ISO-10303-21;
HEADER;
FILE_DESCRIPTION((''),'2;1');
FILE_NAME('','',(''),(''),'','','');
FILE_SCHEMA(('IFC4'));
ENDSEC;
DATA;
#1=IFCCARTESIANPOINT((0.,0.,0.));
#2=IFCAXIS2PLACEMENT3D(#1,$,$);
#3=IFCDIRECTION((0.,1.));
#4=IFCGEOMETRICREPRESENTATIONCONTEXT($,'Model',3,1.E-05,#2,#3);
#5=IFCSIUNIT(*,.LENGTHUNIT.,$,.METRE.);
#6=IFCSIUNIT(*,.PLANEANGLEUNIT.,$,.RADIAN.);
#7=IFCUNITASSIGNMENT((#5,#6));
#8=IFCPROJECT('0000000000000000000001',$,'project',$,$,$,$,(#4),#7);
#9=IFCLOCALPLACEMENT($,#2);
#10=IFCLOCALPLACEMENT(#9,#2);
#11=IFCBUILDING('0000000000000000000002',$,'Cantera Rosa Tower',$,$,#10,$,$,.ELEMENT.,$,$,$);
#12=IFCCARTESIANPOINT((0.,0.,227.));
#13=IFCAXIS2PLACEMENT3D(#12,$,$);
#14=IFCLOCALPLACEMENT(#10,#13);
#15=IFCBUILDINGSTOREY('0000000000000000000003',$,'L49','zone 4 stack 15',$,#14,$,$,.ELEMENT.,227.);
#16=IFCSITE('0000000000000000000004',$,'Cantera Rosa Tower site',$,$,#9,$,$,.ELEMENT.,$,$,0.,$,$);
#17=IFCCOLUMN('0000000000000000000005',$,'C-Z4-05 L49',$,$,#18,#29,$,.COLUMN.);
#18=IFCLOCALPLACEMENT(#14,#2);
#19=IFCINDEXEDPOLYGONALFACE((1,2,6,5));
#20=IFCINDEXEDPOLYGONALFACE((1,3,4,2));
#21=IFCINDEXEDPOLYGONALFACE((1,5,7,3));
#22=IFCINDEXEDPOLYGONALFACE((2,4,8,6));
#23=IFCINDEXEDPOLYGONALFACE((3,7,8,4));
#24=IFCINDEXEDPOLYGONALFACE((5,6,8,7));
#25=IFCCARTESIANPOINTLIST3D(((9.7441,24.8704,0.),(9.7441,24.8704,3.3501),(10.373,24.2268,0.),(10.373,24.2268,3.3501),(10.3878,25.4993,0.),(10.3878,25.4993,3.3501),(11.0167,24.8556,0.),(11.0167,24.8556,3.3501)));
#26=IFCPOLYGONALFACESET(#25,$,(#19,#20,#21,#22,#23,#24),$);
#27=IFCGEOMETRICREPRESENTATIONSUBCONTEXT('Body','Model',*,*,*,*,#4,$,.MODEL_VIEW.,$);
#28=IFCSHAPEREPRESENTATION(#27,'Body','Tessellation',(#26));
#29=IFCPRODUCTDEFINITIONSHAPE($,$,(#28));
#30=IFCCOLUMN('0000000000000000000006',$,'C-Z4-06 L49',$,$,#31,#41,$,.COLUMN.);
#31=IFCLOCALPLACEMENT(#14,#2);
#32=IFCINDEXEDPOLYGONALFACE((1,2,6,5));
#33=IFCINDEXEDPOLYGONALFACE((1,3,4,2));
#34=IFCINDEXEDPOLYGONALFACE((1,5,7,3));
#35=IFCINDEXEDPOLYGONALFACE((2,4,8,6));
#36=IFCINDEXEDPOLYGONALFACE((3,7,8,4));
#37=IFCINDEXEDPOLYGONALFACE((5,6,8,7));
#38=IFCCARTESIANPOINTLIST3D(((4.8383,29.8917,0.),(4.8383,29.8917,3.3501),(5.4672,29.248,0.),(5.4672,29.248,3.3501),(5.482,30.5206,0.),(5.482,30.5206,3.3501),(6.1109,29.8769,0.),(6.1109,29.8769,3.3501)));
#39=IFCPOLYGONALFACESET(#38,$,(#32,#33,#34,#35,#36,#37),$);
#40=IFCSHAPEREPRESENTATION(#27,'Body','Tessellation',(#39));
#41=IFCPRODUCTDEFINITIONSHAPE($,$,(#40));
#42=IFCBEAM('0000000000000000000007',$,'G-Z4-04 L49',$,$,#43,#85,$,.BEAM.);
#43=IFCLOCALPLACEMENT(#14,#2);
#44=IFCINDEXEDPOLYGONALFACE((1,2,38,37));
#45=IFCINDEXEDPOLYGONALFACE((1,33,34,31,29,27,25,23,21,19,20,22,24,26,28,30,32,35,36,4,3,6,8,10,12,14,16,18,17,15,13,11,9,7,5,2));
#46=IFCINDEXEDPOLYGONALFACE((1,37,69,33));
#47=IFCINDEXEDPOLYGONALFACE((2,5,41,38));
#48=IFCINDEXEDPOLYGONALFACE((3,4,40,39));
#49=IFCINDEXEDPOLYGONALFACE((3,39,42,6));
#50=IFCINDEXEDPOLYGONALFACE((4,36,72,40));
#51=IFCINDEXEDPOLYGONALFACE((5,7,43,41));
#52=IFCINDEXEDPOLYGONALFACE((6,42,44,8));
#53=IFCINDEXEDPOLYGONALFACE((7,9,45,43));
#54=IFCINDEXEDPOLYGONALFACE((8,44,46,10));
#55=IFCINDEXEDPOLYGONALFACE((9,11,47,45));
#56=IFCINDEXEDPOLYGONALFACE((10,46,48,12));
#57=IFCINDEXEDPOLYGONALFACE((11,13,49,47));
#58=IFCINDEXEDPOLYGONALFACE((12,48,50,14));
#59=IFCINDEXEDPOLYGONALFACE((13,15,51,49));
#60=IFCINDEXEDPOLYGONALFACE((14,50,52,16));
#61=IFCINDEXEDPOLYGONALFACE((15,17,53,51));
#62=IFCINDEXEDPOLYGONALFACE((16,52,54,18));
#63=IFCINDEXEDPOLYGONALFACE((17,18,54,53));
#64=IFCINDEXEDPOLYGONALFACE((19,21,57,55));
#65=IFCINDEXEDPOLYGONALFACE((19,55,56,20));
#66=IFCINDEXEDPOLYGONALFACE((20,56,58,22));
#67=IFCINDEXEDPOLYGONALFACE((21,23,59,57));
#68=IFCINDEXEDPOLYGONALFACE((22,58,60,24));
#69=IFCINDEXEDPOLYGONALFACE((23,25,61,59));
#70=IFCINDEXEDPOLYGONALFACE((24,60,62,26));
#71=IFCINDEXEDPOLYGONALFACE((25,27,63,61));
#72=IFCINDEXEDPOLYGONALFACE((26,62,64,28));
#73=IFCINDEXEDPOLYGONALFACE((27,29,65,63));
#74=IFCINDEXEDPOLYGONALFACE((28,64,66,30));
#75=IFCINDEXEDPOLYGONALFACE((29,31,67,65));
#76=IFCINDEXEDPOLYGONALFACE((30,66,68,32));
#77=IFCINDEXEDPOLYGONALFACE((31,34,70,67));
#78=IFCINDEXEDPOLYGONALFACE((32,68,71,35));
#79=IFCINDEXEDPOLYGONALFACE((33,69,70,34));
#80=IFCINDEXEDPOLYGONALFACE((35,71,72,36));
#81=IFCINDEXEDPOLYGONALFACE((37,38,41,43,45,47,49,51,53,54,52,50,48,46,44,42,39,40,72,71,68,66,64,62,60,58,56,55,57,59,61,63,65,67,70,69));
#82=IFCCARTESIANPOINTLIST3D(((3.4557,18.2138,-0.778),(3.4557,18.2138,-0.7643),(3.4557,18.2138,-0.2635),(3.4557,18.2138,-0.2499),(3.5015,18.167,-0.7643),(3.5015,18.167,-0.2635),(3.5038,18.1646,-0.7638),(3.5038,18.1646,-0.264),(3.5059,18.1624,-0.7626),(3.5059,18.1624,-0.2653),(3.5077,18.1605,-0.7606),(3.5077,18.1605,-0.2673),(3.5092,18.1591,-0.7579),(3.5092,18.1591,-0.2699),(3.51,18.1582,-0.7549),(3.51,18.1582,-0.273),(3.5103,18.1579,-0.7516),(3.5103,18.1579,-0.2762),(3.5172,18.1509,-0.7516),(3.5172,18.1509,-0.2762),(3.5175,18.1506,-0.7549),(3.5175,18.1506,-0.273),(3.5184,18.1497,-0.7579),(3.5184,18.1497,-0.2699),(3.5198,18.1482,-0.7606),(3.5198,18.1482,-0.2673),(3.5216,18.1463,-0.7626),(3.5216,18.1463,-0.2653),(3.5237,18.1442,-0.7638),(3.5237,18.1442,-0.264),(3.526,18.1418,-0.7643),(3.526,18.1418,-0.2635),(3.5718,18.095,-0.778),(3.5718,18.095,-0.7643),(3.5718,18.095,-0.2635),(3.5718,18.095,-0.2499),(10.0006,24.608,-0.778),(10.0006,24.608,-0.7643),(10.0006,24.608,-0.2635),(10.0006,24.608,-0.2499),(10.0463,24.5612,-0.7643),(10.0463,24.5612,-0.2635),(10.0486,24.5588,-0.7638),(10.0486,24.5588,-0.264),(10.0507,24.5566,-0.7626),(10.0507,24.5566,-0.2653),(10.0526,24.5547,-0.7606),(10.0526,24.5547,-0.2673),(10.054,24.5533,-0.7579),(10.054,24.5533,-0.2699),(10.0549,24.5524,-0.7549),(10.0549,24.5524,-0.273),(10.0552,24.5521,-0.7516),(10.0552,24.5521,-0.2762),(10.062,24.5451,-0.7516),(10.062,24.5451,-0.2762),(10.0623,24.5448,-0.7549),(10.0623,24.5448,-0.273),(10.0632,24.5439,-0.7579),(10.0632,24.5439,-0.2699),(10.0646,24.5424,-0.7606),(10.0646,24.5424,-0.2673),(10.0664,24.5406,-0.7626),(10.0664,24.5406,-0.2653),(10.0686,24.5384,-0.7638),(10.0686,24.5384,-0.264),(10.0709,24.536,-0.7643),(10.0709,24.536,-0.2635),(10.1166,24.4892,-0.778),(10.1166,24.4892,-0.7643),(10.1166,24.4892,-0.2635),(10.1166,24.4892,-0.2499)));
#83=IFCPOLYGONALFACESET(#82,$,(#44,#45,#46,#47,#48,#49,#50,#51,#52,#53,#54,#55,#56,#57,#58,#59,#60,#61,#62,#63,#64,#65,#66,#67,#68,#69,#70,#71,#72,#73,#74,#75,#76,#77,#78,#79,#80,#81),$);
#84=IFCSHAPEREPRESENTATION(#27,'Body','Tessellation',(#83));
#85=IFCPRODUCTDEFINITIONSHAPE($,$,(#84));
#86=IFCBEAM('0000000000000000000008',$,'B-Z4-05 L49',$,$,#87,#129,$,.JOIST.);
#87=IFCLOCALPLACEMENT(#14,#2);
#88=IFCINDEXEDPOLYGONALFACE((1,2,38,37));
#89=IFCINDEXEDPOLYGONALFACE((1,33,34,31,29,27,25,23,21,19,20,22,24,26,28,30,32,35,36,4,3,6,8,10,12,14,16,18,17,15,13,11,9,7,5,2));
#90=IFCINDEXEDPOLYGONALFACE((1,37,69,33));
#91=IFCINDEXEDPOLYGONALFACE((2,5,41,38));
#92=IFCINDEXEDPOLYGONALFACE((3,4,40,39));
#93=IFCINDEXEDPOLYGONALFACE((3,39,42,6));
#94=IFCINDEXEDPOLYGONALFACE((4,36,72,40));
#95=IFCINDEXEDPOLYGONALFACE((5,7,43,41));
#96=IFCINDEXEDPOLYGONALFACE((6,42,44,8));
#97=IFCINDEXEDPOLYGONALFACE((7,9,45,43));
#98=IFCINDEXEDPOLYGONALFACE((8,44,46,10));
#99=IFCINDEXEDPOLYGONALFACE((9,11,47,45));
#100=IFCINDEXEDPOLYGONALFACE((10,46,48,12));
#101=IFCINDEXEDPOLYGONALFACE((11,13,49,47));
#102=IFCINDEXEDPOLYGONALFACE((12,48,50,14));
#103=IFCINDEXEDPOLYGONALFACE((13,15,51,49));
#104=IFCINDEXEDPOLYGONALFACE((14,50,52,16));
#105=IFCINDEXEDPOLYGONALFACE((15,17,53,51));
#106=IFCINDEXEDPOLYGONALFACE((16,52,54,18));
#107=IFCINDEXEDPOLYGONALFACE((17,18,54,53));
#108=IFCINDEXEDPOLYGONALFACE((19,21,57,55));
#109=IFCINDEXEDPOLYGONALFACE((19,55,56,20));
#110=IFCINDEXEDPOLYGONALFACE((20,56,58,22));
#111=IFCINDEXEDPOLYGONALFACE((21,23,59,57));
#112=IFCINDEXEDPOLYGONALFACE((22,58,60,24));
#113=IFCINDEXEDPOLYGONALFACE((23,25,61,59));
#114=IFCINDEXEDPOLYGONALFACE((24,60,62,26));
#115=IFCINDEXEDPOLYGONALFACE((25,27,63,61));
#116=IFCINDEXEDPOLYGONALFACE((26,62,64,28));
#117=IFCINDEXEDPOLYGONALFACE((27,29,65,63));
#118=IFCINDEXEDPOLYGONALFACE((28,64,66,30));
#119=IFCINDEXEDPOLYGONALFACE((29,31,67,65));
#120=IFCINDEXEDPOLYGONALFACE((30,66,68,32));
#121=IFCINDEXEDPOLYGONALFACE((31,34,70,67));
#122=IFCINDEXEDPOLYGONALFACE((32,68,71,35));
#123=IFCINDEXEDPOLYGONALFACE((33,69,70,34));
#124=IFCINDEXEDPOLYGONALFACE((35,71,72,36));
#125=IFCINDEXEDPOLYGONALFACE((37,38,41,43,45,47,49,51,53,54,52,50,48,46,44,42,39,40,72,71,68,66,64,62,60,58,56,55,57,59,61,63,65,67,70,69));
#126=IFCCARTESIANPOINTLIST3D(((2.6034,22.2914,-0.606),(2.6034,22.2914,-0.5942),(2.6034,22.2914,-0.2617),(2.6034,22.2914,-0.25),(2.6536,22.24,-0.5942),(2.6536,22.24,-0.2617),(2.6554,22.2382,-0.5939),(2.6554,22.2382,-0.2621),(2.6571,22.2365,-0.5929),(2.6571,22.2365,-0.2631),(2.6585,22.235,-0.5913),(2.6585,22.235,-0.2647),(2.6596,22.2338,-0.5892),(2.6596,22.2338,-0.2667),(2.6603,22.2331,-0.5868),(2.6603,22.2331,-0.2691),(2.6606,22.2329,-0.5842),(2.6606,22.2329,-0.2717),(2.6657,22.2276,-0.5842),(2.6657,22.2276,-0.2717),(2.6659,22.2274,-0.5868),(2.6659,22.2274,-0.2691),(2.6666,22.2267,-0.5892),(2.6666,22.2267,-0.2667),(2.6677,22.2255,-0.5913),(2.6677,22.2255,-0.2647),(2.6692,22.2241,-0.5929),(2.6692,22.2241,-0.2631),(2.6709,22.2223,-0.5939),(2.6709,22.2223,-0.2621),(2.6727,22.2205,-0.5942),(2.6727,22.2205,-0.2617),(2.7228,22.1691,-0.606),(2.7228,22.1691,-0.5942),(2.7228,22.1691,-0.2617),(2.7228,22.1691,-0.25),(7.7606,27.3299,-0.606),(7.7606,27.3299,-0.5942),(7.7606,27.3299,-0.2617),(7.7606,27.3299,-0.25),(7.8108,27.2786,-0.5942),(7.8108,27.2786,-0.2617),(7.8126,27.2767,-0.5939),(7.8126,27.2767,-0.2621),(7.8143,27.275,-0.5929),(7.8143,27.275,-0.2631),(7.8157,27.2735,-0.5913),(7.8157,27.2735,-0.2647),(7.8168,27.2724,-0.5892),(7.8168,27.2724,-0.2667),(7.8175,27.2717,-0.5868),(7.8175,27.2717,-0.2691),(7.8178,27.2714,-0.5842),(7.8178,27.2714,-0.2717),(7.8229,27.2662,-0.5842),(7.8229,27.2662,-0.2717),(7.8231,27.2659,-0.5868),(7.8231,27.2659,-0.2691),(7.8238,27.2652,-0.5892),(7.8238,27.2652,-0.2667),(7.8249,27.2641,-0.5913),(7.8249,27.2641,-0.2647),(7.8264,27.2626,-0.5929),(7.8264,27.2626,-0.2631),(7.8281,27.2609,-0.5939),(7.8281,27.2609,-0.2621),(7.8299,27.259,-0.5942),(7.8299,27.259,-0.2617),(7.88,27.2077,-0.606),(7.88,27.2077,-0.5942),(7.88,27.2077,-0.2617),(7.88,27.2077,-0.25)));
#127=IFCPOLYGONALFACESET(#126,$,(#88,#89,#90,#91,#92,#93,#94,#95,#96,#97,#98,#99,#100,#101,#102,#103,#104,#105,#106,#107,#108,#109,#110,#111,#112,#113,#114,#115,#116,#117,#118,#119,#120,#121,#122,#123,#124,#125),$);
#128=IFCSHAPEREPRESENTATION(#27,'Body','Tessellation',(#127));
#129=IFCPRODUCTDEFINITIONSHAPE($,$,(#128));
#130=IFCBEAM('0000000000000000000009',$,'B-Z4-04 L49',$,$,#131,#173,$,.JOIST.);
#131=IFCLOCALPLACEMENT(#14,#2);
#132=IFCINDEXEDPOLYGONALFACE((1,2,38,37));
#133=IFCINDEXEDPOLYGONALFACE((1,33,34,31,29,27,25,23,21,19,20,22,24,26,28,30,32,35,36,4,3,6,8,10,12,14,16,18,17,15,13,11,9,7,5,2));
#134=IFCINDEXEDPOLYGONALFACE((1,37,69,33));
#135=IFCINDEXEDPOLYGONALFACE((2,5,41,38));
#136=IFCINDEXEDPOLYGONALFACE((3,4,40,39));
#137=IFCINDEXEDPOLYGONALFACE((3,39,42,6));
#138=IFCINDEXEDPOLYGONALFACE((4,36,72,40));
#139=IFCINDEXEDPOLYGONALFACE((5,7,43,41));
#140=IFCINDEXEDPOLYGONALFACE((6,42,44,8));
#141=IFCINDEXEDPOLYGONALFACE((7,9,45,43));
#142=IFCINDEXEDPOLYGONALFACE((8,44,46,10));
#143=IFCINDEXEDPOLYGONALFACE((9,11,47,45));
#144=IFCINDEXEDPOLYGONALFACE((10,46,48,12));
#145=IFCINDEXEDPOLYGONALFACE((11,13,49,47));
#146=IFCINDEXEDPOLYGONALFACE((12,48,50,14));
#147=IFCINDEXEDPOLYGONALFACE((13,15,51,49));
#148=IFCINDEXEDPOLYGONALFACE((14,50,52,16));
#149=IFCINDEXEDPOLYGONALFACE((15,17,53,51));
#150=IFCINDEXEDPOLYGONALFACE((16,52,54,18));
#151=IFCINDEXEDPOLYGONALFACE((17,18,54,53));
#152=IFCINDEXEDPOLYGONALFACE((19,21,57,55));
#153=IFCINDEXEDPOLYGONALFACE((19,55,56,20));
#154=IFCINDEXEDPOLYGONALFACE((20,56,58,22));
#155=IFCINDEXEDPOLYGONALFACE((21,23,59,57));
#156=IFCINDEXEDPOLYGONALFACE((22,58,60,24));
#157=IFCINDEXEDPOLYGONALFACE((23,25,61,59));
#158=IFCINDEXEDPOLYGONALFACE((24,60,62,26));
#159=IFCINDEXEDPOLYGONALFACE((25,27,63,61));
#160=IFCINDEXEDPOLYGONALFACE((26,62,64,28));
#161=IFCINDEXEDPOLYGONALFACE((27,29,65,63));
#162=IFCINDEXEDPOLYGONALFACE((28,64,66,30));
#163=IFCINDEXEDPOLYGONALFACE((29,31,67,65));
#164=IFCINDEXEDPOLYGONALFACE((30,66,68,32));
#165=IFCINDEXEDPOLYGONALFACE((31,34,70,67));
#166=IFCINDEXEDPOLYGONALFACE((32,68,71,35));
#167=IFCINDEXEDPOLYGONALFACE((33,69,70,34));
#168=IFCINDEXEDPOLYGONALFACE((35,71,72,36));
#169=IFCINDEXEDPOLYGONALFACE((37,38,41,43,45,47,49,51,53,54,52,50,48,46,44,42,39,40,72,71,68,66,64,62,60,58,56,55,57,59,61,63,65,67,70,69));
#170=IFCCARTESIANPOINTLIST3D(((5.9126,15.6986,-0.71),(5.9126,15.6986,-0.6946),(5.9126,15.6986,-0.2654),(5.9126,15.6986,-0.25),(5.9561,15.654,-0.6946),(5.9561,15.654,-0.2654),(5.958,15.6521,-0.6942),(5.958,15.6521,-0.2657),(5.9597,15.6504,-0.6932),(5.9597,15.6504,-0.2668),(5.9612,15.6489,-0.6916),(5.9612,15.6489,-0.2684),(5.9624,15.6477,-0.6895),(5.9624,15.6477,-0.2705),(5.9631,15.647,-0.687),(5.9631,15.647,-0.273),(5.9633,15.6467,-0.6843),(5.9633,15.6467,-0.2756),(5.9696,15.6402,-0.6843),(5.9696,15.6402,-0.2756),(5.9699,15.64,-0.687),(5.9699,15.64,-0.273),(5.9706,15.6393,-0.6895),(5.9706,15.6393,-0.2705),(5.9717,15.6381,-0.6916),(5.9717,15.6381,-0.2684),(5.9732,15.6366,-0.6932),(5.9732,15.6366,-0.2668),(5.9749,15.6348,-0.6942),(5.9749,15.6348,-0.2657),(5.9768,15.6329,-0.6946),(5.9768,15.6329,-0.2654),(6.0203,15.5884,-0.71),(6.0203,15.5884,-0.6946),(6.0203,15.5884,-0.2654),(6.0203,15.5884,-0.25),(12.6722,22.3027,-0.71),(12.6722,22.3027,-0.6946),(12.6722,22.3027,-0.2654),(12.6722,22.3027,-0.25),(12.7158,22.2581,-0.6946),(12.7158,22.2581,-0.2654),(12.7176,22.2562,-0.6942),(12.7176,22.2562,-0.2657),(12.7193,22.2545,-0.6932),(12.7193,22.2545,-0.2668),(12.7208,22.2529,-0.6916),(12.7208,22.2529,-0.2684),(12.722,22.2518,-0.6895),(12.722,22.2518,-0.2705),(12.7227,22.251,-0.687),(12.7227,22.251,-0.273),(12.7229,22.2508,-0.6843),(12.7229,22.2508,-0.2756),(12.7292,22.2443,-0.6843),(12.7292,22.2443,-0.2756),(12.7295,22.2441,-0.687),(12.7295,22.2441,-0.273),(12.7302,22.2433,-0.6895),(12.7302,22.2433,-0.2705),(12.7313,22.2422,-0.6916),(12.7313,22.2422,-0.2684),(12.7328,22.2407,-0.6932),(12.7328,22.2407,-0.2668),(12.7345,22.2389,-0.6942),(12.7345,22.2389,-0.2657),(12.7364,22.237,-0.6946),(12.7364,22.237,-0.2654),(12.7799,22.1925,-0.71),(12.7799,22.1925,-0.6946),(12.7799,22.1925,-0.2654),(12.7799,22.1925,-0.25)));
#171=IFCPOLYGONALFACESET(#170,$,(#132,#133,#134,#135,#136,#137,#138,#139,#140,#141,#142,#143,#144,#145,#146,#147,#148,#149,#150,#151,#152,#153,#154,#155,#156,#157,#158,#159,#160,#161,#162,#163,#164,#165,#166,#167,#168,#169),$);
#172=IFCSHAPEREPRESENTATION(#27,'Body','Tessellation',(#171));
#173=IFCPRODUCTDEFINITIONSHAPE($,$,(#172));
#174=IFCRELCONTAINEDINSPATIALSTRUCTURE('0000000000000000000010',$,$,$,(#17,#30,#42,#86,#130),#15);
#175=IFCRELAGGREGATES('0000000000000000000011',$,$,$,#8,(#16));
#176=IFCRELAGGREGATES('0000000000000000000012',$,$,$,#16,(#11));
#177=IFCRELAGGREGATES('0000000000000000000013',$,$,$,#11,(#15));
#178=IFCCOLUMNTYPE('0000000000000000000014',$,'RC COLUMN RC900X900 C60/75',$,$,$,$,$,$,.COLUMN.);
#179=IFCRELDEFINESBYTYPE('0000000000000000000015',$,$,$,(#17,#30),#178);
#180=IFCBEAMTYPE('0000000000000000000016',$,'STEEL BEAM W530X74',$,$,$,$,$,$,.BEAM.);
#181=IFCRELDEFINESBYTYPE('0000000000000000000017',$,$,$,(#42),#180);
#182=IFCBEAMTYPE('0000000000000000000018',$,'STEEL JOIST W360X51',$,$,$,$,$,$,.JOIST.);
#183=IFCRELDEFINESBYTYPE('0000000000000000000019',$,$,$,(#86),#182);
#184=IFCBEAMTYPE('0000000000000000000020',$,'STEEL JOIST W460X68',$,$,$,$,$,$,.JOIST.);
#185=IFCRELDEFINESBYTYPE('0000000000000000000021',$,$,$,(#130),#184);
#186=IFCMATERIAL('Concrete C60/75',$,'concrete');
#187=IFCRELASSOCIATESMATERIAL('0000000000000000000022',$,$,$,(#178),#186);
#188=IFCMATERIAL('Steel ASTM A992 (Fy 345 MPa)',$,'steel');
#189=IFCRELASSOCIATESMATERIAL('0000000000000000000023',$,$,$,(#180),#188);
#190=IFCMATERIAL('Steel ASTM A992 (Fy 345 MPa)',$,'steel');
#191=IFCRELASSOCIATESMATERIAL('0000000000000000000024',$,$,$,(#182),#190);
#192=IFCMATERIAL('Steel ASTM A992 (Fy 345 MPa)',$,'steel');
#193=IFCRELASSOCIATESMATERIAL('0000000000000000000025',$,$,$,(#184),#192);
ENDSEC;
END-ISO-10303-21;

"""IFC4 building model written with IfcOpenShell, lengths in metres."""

from ifc_helpers import new_model, si_unit, direction, frame, origin, origin_2d, place, context, subcontext, project, spatial, rectangle, i_section, extrude, material, material_profile, profile_set, type_object, element, save


model = new_model("IFC4")

# Units and contexts
model_context = context("Model", 3, precision=1e-05, world=origin(), true_north=direction((0.0, 1.0)))
body_context = subcontext(model_context, "Body", "Model", "MODEL_VIEW")
ifc_project = project(units=[si_unit("LENGTHUNIT", "METRE"), si_unit("PLANEANGLEUNIT", "RADIAN")], contexts=[model_context])

# Site, building, storey
site_placement = place(None, origin())
site = spatial("IfcSite", under=ifc_project, at=site_placement, Name="Cantera Rosa Tower site", CompositionType="ELEMENT", RefElevation=0.0)
building_placement = place(site_placement, origin())
building = spatial("IfcBuilding", under=site, at=building_placement, Name="Cantera Rosa Tower", CompositionType="ELEMENT")
storey_placement = place(building_placement, frame((0.0, 0.0, 227.0)))
storey = spatial("IfcBuildingStorey", under=building, at=storey_placement, Name="L49", Description="zone 4 stack 15", CompositionType="ELEMENT", Elevation=227.0)

# Columns
ifc_material_1 = material(Name="Concrete C60/75", Category="concrete")
ifc_material_profile_1 = material_profile(ifc_material_1, rectangle(XDim=0.8999, YDim=0.8999, at=origin_2d()), Name="RC COLUMN RC900X900 C60/75")
ifc_profile_set_1 = profile_set([ifc_material_profile_1], Name="Concrete C60/75")
column_type = type_object("IfcColumnType", Name="RC COLUMN RC900X900 C60/75", PredefinedType="COLUMN", material=ifc_profile_set_1)
for number, where, z_axis, x_axis, name in (
    (1, (10.3804, 24.863, 0.0), (0.0, 0.0, 1.0), (0.715286, 0.698832, 0.0), "C-Z4-05 L49"),
    (2, (5.4746, 29.8843, 0.0), (0.0, 0.0, 1.0), (0.715286, 0.698832, 0.0), "C-Z4-06 L49"),
):
    element("IfcColumn", number, at=place(storey_placement, frame(where, z_axis=z_axis, x_axis=x_axis)), inside=storey, type_object=column_type, Name=name, PredefinedType="COLUMN", context=body_context, shape_type="SweptSolid", body=[
        extrude(rectangle(XDim=0.8999, YDim=0.8999, at=origin_2d()), origin(), (0.0, 0.0, 1.0), 3.3501),
    ])

# Beams
ifc_material_2 = material(Name="Steel ASTM A992 (Fy 345 MPa)", Category="steel")
ifc_material_profile_2 = material_profile(ifc_material_2, i_section(OverallWidth=0.166, OverallDepth=0.5281, WebThickness=0.0098, FlangeThickness=0.0137, FilletRadius=0.0127, at=origin_2d()), Name="W530X74")
ifc_profile_set_2 = profile_set([ifc_material_profile_2], Name="Steel ASTM A992 (Fy 345 MPa)")
beam_type_1 = type_object("IfcBeamType", Name="STEEL BEAM W530X74", PredefinedType="BEAM", material=ifc_profile_set_2)
beam_1_placement = place(storey_placement, frame((10.0586, 24.5486, -0.5139), z_axis=(-0.71529, -0.698827, 0.0), x_axis=(0.698827, -0.71529, 0.0)))
element("IfcBeam", 3, at=beam_1_placement, inside=storey, type_object=beam_type_1, Name="G-Z4-04 L49", PredefinedType="BEAM", context=body_context, shape_type="SweptSolid", body=[
    extrude(i_section(OverallWidth=0.166, OverallDepth=0.5281, WebThickness=0.0098, FlangeThickness=0.0137, FilletRadius=0.0127, at=origin_2d()), origin(), (0.0, 0.0, 1.0), 9.1499),
])
ifc_material_3 = material(Name="Steel ASTM A992 (Fy 345 MPa)", Category="steel")
ifc_material_profile_3 = material_profile(ifc_material_3, i_section(OverallWidth=0.1709, OverallDepth=0.356, WebThickness=0.0073, FlangeThickness=0.0117, FilletRadius=0.01, at=origin_2d()), Name="W360X51")
ifc_profile_set_3 = profile_set([ifc_material_profile_3], Name="Steel ASTM A992 (Fy 345 MPa)")
beam_type_2 = type_object("IfcBeamType", Name="STEEL JOIST W360X51", PredefinedType="JOIST", material=ifc_profile_set_3)
beam_2_placement = place(storey_placement, frame((7.8203, 27.2688, -0.428), z_axis=(-0.715287, -0.698831, 0.0), x_axis=(0.698831, -0.715287, 0.0)))
element("IfcBeam", 4, at=beam_2_placement, inside=storey, type_object=beam_type_2, Name="B-Z4-05 L49", PredefinedType="JOIST", context=body_context, shape_type="SweptSolid", body=[
    extrude(i_section(OverallWidth=0.1709, OverallDepth=0.356, WebThickness=0.0073, FlangeThickness=0.0117, FilletRadius=0.01, at=origin_2d()), origin(), (0.0, 0.0, 1.0), 7.21),
])
ifc_material_4 = material(Name="Steel ASTM A992 (Fy 345 MPa)", Category="steel")
ifc_material_profile_4 = material_profile(ifc_material_4, i_section(OverallWidth=0.1541, OverallDepth=0.46, WebThickness=0.009, FlangeThickness=0.0154, FilletRadius=0.0103, at=origin_2d()), Name="W460X68")
ifc_profile_set_4 = profile_set([ifc_material_profile_4], Name="Steel ASTM A992 (Fy 345 MPa)")
beam_type_3 = type_object("IfcBeamType", Name="STEEL JOIST W460X68", PredefinedType="JOIST", material=ifc_profile_set_4)
beam_3_placement = place(storey_placement, frame((12.7261, 22.2476, -0.48), z_axis=(-0.715287, -0.698831, 0.0), x_axis=(0.698831, -0.715287, 0.0)))
element("IfcBeam", 5, at=beam_3_placement, inside=storey, type_object=beam_type_3, Name="B-Z4-04 L49", PredefinedType="JOIST", context=body_context, shape_type="SweptSolid", body=[
    extrude(i_section(OverallWidth=0.1541, OverallDepth=0.46, WebThickness=0.009, FlangeThickness=0.0154, FilletRadius=0.0103, at=origin_2d()), origin(), (0.0, 0.0, 1.0), 9.4502),
])

save(model, "model.ifc")
